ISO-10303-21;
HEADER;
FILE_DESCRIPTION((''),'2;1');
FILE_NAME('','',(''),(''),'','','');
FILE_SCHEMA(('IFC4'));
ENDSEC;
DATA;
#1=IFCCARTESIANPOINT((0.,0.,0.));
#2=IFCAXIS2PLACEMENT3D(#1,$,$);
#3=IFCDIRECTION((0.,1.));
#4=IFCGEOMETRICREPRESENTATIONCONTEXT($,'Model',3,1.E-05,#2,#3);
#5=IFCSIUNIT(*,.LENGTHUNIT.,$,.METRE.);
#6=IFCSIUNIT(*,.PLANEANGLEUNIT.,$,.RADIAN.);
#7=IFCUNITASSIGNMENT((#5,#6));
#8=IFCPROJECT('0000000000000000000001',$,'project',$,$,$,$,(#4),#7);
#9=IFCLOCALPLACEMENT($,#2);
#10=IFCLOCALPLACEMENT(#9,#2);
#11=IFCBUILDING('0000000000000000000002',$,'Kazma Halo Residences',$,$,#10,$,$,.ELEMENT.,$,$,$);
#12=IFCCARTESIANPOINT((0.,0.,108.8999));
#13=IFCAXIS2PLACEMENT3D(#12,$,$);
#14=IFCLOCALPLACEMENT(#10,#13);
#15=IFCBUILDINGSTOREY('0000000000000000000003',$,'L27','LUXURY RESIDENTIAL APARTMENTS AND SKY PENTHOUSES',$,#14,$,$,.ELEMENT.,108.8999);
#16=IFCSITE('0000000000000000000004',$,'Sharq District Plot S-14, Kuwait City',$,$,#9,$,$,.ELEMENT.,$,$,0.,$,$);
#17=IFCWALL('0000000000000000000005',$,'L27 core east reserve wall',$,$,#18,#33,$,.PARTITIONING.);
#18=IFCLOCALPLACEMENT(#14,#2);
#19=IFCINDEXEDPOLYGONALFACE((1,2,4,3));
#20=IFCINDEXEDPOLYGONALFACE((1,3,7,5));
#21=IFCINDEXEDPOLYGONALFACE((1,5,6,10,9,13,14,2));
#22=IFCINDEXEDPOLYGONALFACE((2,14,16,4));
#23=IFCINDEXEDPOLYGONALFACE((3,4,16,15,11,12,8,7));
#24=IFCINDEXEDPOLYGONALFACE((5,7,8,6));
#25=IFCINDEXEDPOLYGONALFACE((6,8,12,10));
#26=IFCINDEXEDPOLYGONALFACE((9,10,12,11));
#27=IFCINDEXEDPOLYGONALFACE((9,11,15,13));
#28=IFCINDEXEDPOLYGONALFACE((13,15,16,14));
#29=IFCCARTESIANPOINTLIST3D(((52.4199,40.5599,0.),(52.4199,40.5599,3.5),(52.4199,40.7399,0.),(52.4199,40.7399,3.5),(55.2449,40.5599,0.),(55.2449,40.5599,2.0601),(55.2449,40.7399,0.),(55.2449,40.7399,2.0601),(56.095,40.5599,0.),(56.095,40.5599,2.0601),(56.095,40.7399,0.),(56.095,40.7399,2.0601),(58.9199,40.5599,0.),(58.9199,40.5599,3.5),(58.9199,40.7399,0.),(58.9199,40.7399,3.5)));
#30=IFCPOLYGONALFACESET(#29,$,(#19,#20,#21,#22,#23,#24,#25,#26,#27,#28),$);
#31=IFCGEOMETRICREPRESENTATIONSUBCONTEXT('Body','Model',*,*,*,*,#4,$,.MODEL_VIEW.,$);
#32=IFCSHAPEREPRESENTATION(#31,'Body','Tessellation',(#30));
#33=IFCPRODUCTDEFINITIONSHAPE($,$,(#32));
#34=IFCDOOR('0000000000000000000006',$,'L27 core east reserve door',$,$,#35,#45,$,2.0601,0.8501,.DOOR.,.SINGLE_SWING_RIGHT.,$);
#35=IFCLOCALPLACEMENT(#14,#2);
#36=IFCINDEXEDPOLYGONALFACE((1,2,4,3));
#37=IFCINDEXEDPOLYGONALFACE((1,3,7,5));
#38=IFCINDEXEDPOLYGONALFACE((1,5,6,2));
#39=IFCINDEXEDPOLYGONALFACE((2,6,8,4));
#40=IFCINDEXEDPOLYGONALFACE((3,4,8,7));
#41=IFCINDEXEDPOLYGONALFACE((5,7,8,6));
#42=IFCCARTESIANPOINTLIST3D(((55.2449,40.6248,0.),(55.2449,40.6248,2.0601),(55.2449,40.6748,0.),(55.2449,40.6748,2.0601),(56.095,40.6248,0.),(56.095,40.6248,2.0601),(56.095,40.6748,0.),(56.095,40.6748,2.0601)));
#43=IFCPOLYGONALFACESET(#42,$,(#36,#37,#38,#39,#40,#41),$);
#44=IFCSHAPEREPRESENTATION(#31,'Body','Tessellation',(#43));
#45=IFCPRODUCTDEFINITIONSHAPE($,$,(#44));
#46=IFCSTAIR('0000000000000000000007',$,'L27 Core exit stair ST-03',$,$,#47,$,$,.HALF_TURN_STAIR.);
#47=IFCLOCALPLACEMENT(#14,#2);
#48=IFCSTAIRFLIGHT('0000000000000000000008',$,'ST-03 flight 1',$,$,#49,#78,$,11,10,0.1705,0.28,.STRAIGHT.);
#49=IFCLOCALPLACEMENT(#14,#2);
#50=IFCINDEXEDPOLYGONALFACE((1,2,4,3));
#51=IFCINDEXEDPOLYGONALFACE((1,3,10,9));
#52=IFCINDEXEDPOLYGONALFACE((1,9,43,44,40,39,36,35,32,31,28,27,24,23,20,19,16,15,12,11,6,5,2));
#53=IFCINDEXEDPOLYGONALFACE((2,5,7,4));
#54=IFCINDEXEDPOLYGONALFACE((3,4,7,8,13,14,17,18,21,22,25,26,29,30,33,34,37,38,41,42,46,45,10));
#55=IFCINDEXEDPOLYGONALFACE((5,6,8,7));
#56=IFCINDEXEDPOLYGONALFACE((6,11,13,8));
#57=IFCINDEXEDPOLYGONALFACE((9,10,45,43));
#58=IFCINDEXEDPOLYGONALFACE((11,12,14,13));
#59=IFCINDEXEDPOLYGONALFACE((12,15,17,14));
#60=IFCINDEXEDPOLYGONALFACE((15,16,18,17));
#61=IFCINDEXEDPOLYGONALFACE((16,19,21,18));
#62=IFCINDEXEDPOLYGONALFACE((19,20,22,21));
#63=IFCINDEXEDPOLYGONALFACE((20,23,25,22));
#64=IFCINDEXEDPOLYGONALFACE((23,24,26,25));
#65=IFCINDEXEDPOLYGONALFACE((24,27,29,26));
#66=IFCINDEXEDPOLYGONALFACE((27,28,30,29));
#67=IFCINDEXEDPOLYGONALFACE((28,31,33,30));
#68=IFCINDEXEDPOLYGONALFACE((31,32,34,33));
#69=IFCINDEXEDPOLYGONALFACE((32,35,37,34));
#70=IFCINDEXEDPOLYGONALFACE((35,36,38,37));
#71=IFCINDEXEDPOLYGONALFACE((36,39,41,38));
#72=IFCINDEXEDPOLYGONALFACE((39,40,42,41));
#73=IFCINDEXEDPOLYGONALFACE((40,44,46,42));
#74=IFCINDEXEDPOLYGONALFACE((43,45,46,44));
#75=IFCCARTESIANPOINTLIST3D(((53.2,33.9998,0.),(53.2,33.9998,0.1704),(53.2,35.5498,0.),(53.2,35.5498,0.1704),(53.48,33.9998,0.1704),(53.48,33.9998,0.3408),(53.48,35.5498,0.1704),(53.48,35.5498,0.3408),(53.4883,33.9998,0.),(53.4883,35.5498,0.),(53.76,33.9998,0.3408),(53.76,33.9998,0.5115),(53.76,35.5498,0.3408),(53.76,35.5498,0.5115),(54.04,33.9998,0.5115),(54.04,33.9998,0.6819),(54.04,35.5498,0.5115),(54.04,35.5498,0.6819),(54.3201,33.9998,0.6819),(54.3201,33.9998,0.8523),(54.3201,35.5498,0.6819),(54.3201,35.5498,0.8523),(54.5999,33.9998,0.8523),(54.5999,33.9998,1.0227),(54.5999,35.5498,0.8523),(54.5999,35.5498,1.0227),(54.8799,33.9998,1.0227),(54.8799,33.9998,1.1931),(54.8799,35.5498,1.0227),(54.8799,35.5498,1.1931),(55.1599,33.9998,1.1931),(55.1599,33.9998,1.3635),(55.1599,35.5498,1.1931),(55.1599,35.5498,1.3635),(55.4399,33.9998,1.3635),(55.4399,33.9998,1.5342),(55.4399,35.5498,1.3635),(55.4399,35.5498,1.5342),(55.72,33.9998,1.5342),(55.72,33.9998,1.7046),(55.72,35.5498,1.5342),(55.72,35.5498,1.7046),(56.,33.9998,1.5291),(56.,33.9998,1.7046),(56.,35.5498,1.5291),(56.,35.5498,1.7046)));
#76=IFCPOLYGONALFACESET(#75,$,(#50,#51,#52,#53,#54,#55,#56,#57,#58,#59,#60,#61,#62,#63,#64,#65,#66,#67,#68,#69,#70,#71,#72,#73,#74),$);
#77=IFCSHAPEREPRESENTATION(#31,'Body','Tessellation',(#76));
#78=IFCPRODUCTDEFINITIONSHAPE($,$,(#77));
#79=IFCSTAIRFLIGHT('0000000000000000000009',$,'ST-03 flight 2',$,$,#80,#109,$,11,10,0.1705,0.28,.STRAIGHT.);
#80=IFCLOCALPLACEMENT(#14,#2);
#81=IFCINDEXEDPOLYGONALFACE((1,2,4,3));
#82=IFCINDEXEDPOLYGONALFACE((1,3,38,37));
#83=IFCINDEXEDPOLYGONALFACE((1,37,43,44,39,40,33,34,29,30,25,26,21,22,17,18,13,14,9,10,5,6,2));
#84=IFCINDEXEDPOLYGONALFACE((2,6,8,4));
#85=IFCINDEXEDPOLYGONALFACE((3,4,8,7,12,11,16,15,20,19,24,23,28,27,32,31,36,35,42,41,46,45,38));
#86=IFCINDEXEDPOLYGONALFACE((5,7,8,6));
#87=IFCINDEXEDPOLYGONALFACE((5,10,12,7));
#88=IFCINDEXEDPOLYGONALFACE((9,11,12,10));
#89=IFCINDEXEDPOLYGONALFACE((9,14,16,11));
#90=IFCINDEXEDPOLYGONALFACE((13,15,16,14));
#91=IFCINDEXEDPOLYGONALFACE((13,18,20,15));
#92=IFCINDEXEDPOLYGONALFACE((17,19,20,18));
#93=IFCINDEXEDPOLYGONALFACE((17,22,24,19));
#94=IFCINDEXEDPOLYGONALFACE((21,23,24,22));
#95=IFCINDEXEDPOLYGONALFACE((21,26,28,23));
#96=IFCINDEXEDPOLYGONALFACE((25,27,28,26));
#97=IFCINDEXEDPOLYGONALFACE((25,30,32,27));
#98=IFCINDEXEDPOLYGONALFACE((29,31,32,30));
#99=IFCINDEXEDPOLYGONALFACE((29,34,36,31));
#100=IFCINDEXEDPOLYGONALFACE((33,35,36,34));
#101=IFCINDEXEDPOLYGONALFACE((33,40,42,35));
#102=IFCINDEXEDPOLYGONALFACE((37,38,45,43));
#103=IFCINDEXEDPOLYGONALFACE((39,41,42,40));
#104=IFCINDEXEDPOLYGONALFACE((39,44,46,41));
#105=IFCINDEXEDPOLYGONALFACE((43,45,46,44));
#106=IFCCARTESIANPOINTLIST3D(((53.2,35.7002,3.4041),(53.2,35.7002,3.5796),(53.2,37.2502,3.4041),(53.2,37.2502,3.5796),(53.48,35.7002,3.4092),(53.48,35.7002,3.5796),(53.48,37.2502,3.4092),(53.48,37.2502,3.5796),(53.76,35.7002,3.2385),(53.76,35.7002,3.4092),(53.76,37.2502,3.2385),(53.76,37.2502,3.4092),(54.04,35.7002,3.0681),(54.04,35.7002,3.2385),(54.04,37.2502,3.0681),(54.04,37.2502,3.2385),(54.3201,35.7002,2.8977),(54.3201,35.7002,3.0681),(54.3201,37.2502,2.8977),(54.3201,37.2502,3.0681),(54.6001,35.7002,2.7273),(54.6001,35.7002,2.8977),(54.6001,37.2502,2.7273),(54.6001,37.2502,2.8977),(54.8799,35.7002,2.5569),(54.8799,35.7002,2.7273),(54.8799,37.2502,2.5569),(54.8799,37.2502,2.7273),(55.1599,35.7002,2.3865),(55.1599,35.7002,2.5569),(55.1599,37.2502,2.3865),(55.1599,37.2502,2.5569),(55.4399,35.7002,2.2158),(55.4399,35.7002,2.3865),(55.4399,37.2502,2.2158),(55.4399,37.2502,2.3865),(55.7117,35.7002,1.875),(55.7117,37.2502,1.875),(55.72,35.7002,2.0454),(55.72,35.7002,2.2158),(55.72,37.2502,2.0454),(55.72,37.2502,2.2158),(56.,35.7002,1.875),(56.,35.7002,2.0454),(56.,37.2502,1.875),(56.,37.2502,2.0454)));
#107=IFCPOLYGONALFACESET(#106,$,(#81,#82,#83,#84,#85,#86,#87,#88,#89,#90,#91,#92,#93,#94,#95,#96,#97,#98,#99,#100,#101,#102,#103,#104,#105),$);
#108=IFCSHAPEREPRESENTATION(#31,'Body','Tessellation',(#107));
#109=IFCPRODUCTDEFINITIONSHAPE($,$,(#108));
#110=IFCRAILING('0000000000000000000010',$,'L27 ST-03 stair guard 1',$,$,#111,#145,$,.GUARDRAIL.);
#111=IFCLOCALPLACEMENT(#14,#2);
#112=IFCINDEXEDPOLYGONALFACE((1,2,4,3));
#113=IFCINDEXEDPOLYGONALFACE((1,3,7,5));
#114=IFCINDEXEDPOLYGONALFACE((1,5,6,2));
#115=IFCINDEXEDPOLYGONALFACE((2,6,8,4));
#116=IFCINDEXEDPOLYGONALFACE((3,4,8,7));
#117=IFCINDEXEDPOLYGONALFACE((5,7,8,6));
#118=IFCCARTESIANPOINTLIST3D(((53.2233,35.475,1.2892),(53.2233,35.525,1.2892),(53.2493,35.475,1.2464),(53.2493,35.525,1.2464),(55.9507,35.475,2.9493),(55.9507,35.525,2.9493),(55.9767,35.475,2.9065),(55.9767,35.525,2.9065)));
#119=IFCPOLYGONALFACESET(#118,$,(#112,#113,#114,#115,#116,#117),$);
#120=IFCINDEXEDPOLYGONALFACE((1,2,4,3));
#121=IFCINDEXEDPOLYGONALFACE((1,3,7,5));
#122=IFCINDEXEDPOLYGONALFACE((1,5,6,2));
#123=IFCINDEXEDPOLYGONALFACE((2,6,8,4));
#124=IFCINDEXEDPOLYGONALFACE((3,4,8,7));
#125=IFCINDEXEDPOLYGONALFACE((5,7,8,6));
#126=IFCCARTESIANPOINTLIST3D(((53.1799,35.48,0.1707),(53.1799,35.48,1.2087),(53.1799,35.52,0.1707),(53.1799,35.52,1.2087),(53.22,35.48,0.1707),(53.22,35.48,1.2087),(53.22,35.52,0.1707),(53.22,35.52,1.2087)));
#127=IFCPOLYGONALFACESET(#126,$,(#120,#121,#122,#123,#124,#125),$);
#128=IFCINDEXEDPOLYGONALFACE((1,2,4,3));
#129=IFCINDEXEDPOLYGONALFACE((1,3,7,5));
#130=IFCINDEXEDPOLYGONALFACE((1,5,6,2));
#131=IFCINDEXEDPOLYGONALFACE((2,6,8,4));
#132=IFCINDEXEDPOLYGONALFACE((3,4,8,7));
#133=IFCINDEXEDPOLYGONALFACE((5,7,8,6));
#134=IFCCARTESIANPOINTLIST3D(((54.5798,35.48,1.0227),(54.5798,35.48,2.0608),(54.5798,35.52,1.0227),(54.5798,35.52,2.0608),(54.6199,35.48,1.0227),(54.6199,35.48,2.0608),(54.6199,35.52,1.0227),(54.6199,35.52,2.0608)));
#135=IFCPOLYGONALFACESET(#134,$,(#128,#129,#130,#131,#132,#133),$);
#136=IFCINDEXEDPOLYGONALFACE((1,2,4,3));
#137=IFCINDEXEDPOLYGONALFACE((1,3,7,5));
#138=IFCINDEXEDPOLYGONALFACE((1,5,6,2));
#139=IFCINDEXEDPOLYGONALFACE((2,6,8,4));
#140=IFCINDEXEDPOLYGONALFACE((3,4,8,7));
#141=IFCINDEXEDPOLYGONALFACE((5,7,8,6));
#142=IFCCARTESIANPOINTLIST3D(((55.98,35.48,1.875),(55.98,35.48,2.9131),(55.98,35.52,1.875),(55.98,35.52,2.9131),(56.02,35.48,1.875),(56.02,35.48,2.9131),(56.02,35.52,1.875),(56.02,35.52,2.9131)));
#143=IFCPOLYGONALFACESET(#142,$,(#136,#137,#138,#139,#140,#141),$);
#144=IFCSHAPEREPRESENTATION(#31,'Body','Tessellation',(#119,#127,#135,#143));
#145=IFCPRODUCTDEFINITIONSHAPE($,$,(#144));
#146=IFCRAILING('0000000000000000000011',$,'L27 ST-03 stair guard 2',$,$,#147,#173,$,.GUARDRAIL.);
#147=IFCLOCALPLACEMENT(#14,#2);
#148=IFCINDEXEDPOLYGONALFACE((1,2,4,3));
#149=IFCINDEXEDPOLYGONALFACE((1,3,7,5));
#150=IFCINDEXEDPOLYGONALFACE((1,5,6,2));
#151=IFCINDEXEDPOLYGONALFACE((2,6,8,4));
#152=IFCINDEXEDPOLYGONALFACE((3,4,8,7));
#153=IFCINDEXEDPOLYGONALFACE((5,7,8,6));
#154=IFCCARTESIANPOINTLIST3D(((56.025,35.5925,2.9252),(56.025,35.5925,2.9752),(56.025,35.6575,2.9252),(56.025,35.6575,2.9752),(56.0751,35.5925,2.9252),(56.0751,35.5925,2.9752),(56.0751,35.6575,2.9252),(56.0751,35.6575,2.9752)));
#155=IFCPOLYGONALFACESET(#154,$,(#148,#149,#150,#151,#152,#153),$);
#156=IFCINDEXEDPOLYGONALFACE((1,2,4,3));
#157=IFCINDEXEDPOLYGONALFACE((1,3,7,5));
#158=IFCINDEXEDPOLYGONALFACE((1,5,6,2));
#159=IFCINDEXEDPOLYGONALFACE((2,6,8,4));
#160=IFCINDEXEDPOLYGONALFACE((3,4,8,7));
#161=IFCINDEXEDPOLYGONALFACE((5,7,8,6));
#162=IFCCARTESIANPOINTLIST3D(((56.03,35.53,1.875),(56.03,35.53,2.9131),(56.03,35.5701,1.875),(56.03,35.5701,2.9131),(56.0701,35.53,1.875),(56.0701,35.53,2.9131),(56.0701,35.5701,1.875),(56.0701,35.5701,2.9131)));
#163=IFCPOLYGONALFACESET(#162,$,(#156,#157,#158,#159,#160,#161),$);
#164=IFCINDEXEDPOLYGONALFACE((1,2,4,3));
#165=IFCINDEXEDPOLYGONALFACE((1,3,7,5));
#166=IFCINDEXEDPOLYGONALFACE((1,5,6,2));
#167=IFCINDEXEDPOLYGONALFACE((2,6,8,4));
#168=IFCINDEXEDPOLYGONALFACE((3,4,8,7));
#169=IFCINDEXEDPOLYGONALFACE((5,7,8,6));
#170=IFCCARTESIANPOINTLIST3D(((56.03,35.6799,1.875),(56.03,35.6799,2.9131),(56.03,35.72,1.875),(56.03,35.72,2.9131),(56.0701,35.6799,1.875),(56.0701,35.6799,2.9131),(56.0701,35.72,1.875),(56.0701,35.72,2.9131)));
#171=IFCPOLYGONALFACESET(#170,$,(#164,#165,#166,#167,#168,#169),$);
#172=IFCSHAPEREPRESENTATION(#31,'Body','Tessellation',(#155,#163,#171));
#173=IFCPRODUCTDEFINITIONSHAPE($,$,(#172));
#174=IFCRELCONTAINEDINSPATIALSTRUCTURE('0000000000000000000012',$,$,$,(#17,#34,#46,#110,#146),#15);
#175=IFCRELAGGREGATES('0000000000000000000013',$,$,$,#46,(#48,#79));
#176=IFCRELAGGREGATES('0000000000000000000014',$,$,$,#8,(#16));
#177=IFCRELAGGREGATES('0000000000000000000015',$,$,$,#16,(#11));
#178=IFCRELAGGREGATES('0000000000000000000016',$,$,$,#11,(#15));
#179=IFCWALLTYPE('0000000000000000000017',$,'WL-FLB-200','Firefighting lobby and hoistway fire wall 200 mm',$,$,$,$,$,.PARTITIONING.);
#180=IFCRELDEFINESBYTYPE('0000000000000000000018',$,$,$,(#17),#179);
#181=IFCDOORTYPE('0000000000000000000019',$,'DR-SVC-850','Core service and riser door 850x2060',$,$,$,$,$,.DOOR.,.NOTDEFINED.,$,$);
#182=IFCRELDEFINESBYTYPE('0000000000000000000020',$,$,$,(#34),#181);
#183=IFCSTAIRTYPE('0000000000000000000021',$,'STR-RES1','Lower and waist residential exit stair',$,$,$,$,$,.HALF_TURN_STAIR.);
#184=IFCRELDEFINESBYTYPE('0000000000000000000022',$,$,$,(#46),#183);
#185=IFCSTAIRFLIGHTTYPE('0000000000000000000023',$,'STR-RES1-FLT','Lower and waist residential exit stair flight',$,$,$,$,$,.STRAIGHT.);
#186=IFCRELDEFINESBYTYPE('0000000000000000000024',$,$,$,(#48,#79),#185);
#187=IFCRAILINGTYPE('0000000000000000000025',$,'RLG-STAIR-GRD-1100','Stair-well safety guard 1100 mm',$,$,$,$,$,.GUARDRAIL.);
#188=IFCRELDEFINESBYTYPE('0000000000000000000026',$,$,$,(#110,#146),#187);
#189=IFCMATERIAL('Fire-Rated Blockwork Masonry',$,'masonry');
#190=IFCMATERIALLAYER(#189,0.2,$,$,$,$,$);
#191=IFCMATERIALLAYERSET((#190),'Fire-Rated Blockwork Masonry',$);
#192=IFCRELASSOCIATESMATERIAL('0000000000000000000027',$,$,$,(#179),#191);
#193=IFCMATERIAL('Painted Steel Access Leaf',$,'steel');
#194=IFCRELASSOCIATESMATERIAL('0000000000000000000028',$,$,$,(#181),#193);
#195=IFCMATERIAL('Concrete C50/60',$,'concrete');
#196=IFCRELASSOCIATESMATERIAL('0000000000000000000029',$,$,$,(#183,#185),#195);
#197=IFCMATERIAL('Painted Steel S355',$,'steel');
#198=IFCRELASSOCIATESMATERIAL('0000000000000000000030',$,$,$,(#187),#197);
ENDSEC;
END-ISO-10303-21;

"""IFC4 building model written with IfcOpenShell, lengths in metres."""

from ifc_helpers import new_model, si_unit, direction, frame, frame_2d, origin, origin_2d, place, context, subcontext, project, spatial, polyline, rectangle, outline, extrude, material, layer, layer_set, type_object, element, fill, aggregate, save


model = new_model("IFC4")

# Units and contexts
model_context = context("Model", 3, precision=1e-05, world=origin(), true_north=direction((0.0, 1.0)))
body_context = subcontext(model_context, "Body", "Model", "MODEL_VIEW")
ifc_project = project(units=[si_unit("LENGTHUNIT", "METRE"), si_unit("PLANEANGLEUNIT", "RADIAN")], contexts=[model_context])

# Site, building, storey
site_placement = place(None, origin())
site = spatial("IfcSite", under=ifc_project, at=site_placement, Name="Sharq District Plot S-14, Kuwait City", CompositionType="ELEMENT", RefElevation=0.0)
building_placement = place(site_placement, origin())
building = spatial("IfcBuilding", under=site, at=building_placement, Name="Kazma Halo Residences", CompositionType="ELEMENT")
storey_placement = place(building_placement, frame((0.0, 0.0, 108.8999)))
storey = spatial("IfcBuildingStorey", under=building, at=storey_placement, Name="L27", Description="LUXURY RESIDENTIAL APARTMENTS AND SKY PENTHOUSES", CompositionType="ELEMENT", Elevation=108.8999)

# Shared definitions
ifc_material_1 = material(Name="Fire-Rated Blockwork Masonry", Category="masonry")
ifc_layer_1 = layer(ifc_material_1, 0.2)
ifc_layer_set_1 = layer_set([ifc_layer_1], Name="Fire-Rated Blockwork Masonry")
wall_type_1 = type_object("IfcWallType", Name="WL-FLB-200", Description="Firefighting lobby and hoistway fire wall 200 mm", PredefinedType="PARTITIONING", material=ifc_layer_set_1)

# Wall, opening, door
wall_1_placement = place(storey_placement, frame((52.4199, 40.6499, 0.0), z_axis=(0.0, 0.0, 1.0), x_axis=(1.0, 0.0, 0.0)))
wall_1 = element("IfcWall", 1, at=wall_1_placement, inside=storey, type_object=wall_type_1, Name="L27 core east reserve wall", PredefinedType="PARTITIONING", context=body_context, shape_type="SweptSolid", body=[
    extrude(rectangle(XDim=6.5, YDim=0.1799, at=frame_2d((3.25, 0.0))), origin(), (0.0, 0.0, 1.0), 3.5),
])
opening_placement = place(wall_1_placement, frame((2.825, 0.0, 0.0)))
opening = element("IfcOpeningElement", 2, at=opening_placement, cuts=wall_1, PredefinedType="OPENING", context=body_context, shape_type="SweptSolid", body=[
    extrude(rectangle(XDim=0.8501, YDim=2.0601, at=frame_2d((0.425, 1.03))), frame((0.0, 0.0999, 0.0), z_axis=(0.0, -1.0, 0.0), x_axis=(1.0, 0.0, 0.0)), (0.0, 0.0, 1.0), 0.2),
])
ifc_material_2 = material(Name="Painted Steel Access Leaf", Category="steel")
door_type = type_object("IfcDoorType", Name="DR-SVC-850", Description="Core service and riser door 850x2060", OperationType="NOTDEFINED", PredefinedType="DOOR", material=ifc_material_2)
door_placement = place(opening_placement, origin())
door = element("IfcDoor", 3, at=door_placement, inside=storey, type_object=door_type, Name="L27 core east reserve door", OperationType="SINGLE_SWING_RIGHT", OverallHeight=2.0601, OverallWidth=0.8501, PredefinedType="DOOR", context=body_context, shape_type="SweptSolid", body=[
    extrude(rectangle(XDim=0.8501, YDim=2.0601, at=frame_2d((0.425, 1.03))), frame((0.0, 0.0249, 0.0), z_axis=(0.0, -1.0, 0.0), x_axis=(1.0, 0.0, 0.0)), (0.0, 0.0, 1.0), 0.05),
])
fill(opening, door)

# Stair, stair flights
ifc_material_3 = material(Name="Concrete C50/60", Category="concrete")
stair_type = type_object("IfcStairType", Name="STR-RES1", Description="Lower and waist residential exit stair", PredefinedType="HALF_TURN_STAIR", material=ifc_material_3)
stair_placement = place(storey_placement, origin())
stair = element("IfcStair", 4, at=stair_placement, inside=storey, type_object=stair_type, Name="L27 Core exit stair ST-03", PredefinedType="HALF_TURN_STAIR")
stair_flight_type = type_object("IfcStairFlightType", Name="STR-RES1-FLT", Description="Lower and waist residential exit stair flight", PredefinedType="STRAIGHT", material=ifc_material_3)
stair_flight_1_placement = place(storey_placement, frame((53.2, 34.7749, 0.0), z_axis=(0.0, 0.0, 1.0), x_axis=(1.0, 0.0, 0.0)))
stair_flight_1 = element("IfcStairFlight", 5, at=stair_flight_1_placement, type_object=stair_flight_type, Name="ST-03 flight 1", NumberOfRisers=11, NumberOfTreads=10, PredefinedType="STRAIGHT", RiserHeight=0.1705, TreadLength=0.28, context=body_context, shape_type="SweptSolid", body=[
    extrude(outline(polyline([(0.0, 0.0), (0.0, 0.1704), (0.28, 0.1704), (0.28, 0.3408), (0.5601, 0.3408), (0.5601, 0.5115), (0.8401, 0.5115), (0.8401, 0.6819), (1.1201, 0.6819), (1.1201, 0.8523), (1.3999, 0.8523), (1.3999, 1.0227), (1.6799, 1.0227), (1.6799, 1.1931), (1.96, 1.1931), (1.96, 1.3635), (2.24, 1.3635), (2.24, 1.5342), (2.52, 1.5342), (2.52, 1.7046), (2.8, 1.7046), (2.8, 1.875), (2.8, 1.5291), (0.2883, 0.0), (0.0, 0.0)])), frame((0.0, 0.7749, 0.0), z_axis=(0.0, -1.0, 0.0), x_axis=(1.0, 0.0, 0.0)), (0.0, 0.0, 1.0), 1.55),
])
stair_flight_2_placement = place(storey_placement, frame((56.0, 36.4751, 1.875), z_axis=(0.0, 0.0, 1.0), x_axis=(-1.0, 0.0, 0.0)))
stair_flight_2 = element("IfcStairFlight", 6, at=stair_flight_2_placement, type_object=stair_flight_type, Name="ST-03 flight 2", NumberOfRisers=11, NumberOfTreads=10, PredefinedType="STRAIGHT", RiserHeight=0.1705, TreadLength=0.28, context=body_context, shape_type="SweptSolid", body=[
    extrude(outline(polyline([(0.0, 0.0), (0.0, 0.1704), (0.28, 0.1704), (0.28, 0.3408), (0.5601, 0.3408), (0.5601, 0.5115), (0.8401, 0.5115), (0.8401, 0.6819), (1.1201, 0.6819), (1.1201, 0.8523), (1.3999, 0.8523), (1.3999, 1.0227), (1.6799, 1.0227), (1.6799, 1.1931), (1.96, 1.1931), (1.96, 1.3635), (2.24, 1.3635), (2.24, 1.5342), (2.52, 1.5342), (2.52, 1.7046), (2.8, 1.7046), (2.8, 1.875), (2.8, 1.5291), (0.2883, 0.0), (0.0, 0.0)])), frame((0.0, 0.7749, 0.0), z_axis=(0.0, -1.0, 0.0), x_axis=(1.0, 0.0, 0.0)), (0.0, 0.0, 1.0), 1.55),
])
aggregate(stair, [stair_flight_1, stair_flight_2])

# Railings
ifc_material_4 = material(Name="Painted Steel S355", Category="steel")
railing_type_1 = type_object("IfcRailingType", Name="RLG-STAIR-GRD-1100", Description="Stair-well safety guard 1100 mm", PredefinedType="GUARDRAIL", material=ifc_material_4)
railing_1_placement = place(storey_placement, frame((53.2, 35.5, 0.1707)))
element("IfcRailing", 7, at=railing_1_placement, inside=storey, type_object=railing_type_1, Name="L27 ST-03 stair guard 1", PredefinedType="GUARDRAIL", context=body_context, shape_type="SweptSolid", body=[
    extrude(rectangle(XDim=0.05, YDim=0.05, at=origin_2d()), frame((0.0364, 0.0, 1.0972), z_axis=(0.854203, 0.0, 0.51994), x_axis=(0.0, 1.0, 0.0)), (0.0, 0.0, 1.0), 3.1929),
    extrude(rectangle(XDim=0.04, YDim=0.04, at=origin_2d()), origin(), (0.0, 0.0, 1.0), 1.0381),
    extrude(rectangle(XDim=0.04, YDim=0.04, at=origin_2d()), frame((1.3999, 0.0, 0.8521)), (0.0, 0.0, 1.0), 1.0381),
    extrude(rectangle(XDim=0.04, YDim=0.04, at=origin_2d()), frame((2.8, 0.0, 1.7043)), (0.0, 0.0, 1.0), 1.0381),
])
railing_2_placement = place(storey_placement, frame((56.05, 35.55, 1.875)))
element("IfcRailing", 8, at=railing_2_placement, inside=storey, type_object=railing_type_1, Name="L27 ST-03 stair guard 2", PredefinedType="GUARDRAIL", context=body_context, shape_type="SweptSolid", body=[
    extrude(rectangle(XDim=0.05, YDim=0.05, at=origin_2d()), frame((0.0, 0.0425, 1.0752), z_axis=(0.0, 1.0, 0.0), x_axis=(-1.0, 0.0, 0.0)), (0.0, 0.0, 1.0), 0.0649),
    extrude(rectangle(XDim=0.04, YDim=0.04, at=origin_2d()), origin(), (0.0, 0.0, 1.0), 1.0381),
    extrude(rectangle(XDim=0.04, YDim=0.04, at=origin_2d()), frame((0.0, 0.1499, 0.0)), (0.0, 0.0, 1.0), 1.0381),
])

save(model, "model.ifc")
